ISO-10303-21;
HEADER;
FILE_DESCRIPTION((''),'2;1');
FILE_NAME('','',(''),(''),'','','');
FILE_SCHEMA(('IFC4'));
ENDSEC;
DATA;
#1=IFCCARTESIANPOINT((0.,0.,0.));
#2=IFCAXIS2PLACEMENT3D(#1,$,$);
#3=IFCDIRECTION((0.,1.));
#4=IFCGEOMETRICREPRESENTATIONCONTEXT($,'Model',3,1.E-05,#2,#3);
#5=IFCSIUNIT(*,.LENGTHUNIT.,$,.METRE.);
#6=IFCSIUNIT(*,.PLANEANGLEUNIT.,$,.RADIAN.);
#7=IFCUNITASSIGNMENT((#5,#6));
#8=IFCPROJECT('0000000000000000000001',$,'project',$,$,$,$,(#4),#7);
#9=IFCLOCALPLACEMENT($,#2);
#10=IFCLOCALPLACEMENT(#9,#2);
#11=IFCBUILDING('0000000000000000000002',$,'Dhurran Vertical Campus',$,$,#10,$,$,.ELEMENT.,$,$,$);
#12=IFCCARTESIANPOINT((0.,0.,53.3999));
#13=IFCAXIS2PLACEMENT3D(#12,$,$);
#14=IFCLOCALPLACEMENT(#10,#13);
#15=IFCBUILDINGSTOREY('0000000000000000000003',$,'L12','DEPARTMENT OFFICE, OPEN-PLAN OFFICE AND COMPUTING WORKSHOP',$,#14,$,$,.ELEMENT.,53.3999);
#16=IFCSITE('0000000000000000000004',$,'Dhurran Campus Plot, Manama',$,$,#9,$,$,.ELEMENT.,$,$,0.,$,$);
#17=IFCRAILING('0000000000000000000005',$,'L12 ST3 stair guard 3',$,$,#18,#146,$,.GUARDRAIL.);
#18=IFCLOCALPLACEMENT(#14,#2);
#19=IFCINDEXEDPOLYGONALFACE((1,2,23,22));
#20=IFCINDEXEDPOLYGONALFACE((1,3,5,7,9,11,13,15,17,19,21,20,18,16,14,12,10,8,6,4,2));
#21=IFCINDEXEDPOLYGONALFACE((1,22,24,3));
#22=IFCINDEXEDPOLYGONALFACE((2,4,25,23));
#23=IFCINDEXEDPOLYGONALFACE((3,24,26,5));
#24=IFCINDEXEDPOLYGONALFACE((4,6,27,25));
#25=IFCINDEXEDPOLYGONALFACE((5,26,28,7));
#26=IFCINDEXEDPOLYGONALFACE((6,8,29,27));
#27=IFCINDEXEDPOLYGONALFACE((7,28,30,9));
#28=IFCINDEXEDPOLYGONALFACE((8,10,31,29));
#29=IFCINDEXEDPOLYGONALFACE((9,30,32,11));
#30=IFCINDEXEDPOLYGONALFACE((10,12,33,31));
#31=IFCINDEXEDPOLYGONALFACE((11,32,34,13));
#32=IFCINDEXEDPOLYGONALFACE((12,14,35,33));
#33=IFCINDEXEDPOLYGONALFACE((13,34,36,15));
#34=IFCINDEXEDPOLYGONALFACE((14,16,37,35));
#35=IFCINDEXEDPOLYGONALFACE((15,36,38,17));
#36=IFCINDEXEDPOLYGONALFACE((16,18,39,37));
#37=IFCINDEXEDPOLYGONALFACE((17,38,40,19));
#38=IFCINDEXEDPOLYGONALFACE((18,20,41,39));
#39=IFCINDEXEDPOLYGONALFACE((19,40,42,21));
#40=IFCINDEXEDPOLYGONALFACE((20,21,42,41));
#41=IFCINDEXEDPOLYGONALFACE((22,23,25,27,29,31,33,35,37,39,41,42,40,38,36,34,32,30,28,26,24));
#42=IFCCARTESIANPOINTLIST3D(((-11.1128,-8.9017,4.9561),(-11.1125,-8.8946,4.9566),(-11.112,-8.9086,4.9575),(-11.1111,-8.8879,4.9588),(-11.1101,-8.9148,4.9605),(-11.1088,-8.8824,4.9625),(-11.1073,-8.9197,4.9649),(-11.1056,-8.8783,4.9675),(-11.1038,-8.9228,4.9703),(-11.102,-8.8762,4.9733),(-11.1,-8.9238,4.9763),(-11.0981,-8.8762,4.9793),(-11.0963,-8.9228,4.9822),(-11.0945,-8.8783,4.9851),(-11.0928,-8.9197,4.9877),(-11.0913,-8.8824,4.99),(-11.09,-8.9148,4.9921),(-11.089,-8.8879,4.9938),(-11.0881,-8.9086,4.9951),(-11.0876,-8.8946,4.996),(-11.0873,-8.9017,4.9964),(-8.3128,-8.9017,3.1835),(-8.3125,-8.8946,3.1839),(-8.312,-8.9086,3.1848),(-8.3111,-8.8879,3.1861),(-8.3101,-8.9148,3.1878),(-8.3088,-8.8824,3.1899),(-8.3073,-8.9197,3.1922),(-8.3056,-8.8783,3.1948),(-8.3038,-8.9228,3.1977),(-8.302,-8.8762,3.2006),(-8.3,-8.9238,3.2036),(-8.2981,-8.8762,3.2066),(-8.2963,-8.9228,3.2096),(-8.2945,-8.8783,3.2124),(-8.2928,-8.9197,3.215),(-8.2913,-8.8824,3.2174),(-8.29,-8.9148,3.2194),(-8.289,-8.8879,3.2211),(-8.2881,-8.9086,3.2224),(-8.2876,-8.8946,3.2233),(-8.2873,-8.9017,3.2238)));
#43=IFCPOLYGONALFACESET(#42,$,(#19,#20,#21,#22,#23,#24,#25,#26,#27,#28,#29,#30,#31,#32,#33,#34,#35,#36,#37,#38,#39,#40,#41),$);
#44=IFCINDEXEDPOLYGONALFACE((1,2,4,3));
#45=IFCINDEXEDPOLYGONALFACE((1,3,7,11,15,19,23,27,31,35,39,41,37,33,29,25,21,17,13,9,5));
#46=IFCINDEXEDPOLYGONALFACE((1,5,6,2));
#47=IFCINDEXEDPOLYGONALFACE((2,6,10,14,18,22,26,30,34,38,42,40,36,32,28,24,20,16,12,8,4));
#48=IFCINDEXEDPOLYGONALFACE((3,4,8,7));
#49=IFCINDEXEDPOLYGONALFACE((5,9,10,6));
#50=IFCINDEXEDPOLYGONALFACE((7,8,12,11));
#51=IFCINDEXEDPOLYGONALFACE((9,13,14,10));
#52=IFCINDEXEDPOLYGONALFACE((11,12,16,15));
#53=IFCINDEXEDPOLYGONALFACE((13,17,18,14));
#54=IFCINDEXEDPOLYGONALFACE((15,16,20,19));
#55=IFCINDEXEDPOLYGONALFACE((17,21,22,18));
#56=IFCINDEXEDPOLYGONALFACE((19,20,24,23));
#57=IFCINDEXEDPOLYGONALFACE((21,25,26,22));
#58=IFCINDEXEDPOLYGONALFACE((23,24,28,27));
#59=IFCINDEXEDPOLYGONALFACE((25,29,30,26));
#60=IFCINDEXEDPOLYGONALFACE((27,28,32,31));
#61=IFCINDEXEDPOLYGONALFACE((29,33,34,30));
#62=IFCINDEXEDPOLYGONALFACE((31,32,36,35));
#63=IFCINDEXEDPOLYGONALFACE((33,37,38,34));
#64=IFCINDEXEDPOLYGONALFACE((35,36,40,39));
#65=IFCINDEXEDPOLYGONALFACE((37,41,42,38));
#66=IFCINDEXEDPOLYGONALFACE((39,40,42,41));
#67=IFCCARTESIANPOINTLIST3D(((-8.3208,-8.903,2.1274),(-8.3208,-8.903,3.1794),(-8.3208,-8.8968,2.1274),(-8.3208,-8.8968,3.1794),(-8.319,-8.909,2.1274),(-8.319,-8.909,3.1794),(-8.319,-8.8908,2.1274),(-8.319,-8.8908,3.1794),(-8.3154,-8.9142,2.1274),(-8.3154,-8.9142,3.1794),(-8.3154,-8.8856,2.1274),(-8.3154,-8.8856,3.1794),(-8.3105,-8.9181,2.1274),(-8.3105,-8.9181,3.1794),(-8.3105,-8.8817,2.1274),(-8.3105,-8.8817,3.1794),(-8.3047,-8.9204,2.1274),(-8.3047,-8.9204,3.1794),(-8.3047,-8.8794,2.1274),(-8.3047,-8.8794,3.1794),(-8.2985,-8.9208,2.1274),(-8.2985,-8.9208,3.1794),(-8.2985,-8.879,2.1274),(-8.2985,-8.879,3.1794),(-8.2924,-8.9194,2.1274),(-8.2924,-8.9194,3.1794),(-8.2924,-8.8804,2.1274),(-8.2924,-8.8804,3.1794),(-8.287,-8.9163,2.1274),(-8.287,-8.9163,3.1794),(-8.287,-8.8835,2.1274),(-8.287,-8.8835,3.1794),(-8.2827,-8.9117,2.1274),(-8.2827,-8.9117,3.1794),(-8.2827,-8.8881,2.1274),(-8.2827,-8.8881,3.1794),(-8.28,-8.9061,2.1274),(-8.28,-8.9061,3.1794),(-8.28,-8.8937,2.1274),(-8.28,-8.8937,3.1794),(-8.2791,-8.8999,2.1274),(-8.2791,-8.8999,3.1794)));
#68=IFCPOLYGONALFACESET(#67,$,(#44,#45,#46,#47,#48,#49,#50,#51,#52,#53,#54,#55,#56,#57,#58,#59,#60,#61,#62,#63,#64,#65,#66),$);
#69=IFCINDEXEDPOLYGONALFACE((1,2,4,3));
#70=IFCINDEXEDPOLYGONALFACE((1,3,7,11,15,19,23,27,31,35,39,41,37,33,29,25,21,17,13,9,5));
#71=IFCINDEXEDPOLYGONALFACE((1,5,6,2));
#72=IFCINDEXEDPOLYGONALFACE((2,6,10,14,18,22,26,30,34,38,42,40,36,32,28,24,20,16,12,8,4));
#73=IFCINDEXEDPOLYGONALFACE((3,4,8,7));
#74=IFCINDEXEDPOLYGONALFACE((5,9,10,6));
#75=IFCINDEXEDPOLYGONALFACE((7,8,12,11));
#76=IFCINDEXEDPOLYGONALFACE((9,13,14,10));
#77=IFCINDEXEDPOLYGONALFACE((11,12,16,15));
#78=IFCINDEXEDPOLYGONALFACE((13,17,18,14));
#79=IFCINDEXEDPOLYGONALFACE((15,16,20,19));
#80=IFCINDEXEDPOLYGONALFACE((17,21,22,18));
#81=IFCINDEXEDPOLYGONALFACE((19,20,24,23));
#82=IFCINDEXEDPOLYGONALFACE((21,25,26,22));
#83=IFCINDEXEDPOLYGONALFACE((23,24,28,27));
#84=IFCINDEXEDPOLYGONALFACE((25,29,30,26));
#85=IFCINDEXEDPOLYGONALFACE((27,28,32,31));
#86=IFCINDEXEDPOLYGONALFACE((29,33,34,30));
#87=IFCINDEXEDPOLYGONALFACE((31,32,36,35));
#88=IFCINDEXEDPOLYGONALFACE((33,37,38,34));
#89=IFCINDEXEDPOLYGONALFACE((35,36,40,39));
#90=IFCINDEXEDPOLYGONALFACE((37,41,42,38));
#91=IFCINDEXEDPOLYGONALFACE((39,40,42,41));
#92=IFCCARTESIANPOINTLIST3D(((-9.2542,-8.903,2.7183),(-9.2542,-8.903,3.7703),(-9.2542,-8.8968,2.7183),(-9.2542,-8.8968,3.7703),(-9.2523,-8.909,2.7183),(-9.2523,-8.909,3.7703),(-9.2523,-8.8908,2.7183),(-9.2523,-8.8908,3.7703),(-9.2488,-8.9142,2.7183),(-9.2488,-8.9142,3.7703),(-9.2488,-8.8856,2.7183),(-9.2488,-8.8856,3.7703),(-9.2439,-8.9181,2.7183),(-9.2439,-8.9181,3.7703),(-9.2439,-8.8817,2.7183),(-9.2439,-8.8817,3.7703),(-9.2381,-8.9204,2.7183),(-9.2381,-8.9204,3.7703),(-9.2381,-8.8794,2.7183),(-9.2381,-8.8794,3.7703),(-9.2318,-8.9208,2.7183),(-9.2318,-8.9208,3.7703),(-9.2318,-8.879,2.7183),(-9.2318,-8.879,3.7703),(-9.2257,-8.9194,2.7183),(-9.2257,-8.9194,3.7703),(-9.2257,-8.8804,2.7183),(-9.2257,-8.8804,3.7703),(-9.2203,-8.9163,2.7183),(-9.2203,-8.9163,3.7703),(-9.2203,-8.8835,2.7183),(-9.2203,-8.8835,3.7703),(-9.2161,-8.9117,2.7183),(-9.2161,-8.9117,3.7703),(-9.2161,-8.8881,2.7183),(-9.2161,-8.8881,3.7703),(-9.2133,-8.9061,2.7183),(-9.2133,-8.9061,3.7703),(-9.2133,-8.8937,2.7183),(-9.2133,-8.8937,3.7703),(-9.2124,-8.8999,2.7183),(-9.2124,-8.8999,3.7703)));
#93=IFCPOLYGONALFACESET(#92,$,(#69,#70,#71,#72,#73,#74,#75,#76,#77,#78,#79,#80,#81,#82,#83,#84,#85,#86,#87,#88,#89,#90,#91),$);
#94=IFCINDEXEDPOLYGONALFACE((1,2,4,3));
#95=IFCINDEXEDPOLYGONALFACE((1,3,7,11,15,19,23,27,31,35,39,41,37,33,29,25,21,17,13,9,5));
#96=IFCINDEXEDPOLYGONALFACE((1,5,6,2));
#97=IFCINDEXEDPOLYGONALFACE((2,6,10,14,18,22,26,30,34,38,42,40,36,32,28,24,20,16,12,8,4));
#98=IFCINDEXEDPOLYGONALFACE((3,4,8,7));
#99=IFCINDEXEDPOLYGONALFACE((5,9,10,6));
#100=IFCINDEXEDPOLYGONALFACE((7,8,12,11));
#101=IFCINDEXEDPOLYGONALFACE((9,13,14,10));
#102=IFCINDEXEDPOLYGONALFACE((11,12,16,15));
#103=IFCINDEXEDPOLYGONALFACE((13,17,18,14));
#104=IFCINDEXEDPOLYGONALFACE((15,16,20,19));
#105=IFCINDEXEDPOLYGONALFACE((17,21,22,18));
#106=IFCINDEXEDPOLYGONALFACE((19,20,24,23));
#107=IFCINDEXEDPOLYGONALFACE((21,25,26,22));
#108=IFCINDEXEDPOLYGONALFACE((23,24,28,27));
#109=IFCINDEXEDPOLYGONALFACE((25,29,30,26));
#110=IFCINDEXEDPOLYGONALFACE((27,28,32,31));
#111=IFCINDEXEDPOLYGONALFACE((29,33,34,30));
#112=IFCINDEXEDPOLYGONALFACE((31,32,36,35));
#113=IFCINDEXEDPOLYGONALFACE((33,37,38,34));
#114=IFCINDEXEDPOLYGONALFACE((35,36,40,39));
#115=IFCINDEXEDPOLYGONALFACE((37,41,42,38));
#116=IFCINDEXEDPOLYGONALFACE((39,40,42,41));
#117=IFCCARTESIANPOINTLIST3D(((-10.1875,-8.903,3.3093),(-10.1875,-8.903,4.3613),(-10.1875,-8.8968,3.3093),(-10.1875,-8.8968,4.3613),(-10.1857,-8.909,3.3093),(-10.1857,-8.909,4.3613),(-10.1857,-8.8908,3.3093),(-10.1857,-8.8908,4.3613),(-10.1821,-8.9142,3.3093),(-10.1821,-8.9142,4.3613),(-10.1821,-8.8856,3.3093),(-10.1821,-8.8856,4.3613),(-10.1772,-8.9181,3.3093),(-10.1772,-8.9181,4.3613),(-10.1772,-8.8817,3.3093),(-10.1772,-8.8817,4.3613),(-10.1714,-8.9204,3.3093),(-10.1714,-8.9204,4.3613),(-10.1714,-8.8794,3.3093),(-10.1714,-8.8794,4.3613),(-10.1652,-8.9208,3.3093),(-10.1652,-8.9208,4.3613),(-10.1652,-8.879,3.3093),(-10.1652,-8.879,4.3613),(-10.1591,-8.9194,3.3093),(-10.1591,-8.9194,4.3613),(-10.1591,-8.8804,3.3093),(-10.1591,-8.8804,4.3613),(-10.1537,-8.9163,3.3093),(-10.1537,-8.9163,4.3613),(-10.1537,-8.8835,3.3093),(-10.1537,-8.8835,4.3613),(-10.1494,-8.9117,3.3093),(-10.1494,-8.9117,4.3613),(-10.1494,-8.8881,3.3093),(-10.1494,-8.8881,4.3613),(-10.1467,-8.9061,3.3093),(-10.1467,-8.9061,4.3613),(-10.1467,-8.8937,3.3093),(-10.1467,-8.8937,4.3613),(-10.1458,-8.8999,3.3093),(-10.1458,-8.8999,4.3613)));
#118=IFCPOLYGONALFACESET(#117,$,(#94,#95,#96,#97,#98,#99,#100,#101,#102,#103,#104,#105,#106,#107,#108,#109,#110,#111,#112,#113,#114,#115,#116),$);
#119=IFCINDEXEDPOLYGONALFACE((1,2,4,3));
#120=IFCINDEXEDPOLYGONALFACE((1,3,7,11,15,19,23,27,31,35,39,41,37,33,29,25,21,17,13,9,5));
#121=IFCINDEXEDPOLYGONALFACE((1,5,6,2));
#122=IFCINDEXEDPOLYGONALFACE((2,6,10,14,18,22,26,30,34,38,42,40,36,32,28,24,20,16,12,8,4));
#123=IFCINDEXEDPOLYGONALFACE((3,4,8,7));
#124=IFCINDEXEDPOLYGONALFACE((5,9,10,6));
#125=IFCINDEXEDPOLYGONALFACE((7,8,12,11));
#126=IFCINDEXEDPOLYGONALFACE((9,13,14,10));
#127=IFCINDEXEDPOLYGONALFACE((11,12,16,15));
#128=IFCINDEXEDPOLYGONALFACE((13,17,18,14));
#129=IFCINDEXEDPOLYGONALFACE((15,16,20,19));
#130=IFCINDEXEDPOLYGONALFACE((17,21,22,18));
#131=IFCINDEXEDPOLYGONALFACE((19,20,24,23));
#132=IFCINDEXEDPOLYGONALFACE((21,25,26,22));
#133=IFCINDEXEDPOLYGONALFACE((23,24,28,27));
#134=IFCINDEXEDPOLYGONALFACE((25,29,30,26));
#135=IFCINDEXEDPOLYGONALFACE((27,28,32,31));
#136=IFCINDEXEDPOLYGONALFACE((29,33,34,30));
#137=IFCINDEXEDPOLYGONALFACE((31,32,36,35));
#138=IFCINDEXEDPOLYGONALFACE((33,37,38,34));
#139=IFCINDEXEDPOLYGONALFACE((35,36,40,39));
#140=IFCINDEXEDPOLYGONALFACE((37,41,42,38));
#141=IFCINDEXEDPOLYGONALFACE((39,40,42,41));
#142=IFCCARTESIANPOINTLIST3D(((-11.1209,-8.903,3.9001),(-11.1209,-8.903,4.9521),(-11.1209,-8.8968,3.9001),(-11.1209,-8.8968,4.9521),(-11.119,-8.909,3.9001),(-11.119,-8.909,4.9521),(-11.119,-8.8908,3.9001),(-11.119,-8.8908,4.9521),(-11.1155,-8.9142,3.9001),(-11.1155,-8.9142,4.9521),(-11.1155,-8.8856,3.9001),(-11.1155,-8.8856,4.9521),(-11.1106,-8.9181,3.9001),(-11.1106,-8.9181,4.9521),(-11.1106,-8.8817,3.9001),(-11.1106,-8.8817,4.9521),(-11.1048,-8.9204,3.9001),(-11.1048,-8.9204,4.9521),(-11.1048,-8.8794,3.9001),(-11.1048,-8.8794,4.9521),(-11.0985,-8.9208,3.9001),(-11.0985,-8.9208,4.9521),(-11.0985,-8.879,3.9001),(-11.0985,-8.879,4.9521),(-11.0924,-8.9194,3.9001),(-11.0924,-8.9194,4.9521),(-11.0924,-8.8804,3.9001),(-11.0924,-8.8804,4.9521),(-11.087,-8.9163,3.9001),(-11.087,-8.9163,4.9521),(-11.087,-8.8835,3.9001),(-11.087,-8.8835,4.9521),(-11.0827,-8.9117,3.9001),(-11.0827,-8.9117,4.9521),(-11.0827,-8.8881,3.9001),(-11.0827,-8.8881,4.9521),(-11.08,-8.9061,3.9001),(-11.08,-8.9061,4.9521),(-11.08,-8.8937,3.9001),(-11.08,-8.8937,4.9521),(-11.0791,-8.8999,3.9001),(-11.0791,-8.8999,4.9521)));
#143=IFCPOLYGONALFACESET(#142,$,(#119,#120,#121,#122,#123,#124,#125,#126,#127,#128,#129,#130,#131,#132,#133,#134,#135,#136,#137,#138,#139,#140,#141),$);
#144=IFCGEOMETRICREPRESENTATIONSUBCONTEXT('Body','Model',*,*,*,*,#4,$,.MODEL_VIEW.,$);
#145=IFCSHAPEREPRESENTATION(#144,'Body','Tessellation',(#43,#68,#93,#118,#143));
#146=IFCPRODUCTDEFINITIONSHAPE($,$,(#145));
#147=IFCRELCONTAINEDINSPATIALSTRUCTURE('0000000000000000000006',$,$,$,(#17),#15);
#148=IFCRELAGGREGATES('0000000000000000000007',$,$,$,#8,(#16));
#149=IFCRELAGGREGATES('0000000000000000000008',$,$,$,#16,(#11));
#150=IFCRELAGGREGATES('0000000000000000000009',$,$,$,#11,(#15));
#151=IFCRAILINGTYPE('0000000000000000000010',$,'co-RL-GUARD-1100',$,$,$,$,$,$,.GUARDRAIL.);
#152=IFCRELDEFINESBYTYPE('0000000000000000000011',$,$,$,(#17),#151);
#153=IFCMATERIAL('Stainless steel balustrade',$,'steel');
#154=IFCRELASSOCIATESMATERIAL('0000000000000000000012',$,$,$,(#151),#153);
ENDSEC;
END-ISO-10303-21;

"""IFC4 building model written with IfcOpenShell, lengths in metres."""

from ifc_helpers import new_model, si_unit, direction, frame, origin, origin_2d, place, context, subcontext, project, spatial, circle, extrude, material, type_object, element, save


model = new_model("IFC4")

# Units and contexts
model_context = context("Model", 3, precision=1e-05, world=origin(), true_north=direction((0.0, 1.0)))
body_context = subcontext(model_context, "Body", "Model", "MODEL_VIEW")
ifc_project = project(units=[si_unit("LENGTHUNIT", "METRE"), si_unit("PLANEANGLEUNIT", "RADIAN")], contexts=[model_context])

# Site, building, storey
site_placement = place(None, origin())
site = spatial("IfcSite", under=ifc_project, at=site_placement, Name="Dhurran Campus Plot, Manama", CompositionType="ELEMENT", RefElevation=0.0)
building_placement = place(site_placement, origin())
building = spatial("IfcBuilding", under=site, at=building_placement, Name="Dhurran Vertical Campus", CompositionType="ELEMENT")
storey_placement = place(building_placement, frame((0.0, 0.0, 53.3999)))
storey = spatial("IfcBuildingStorey", under=building, at=storey_placement, Name="L12", Description="DEPARTMENT OFFICE, OPEN-PLAN OFFICE AND COMPUTING WORKSHOP", CompositionType="ELEMENT", Elevation=53.3999)

# Railing
ifc_material_1 = material(Name="Stainless steel balustrade", Category="steel")
railing_type_1 = type_object("IfcRailingType", Name="co-RL-GUARD-1100", PredefinedType="GUARDRAIL", material=ifc_material_1)
railing_1_placement = place(storey_placement, frame((-8.3, -8.8999, 2.1274)))
element("IfcRailing", 1, at=railing_1_placement, inside=storey, type_object=railing_type_1, Name="L12 ST3 stair guard 3", PredefinedType="GUARDRAIL", context=body_context, shape_type="SweptSolid", body=[
    extrude(circle(Radius=0.0239, at=origin_2d()), frame((0.0, 0.0, 1.0762), z_axis=(-0.844909, 0.0, 0.53491), x_axis=(0.0, -1.0, 0.0)), (0.0, 0.0, 1.0), 3.314),
    extrude(circle(Radius=0.021, at=origin_2d()), origin(), (0.0, 0.0, 1.0), 1.052),
    extrude(circle(Radius=0.021, at=origin_2d()), frame((-0.9333, 0.0, 0.5908)), (0.0, 0.0, 1.0), 1.052),
    extrude(circle(Radius=0.021, at=origin_2d()), frame((-1.8667, 0.0, 1.1819)), (0.0, 0.0, 1.0), 1.052),
    extrude(circle(Radius=0.021, at=origin_2d()), frame((-2.8, 0.0, 1.7727)), (0.0, 0.0, 1.0), 1.052),
])

save(model, "model.ifc")
